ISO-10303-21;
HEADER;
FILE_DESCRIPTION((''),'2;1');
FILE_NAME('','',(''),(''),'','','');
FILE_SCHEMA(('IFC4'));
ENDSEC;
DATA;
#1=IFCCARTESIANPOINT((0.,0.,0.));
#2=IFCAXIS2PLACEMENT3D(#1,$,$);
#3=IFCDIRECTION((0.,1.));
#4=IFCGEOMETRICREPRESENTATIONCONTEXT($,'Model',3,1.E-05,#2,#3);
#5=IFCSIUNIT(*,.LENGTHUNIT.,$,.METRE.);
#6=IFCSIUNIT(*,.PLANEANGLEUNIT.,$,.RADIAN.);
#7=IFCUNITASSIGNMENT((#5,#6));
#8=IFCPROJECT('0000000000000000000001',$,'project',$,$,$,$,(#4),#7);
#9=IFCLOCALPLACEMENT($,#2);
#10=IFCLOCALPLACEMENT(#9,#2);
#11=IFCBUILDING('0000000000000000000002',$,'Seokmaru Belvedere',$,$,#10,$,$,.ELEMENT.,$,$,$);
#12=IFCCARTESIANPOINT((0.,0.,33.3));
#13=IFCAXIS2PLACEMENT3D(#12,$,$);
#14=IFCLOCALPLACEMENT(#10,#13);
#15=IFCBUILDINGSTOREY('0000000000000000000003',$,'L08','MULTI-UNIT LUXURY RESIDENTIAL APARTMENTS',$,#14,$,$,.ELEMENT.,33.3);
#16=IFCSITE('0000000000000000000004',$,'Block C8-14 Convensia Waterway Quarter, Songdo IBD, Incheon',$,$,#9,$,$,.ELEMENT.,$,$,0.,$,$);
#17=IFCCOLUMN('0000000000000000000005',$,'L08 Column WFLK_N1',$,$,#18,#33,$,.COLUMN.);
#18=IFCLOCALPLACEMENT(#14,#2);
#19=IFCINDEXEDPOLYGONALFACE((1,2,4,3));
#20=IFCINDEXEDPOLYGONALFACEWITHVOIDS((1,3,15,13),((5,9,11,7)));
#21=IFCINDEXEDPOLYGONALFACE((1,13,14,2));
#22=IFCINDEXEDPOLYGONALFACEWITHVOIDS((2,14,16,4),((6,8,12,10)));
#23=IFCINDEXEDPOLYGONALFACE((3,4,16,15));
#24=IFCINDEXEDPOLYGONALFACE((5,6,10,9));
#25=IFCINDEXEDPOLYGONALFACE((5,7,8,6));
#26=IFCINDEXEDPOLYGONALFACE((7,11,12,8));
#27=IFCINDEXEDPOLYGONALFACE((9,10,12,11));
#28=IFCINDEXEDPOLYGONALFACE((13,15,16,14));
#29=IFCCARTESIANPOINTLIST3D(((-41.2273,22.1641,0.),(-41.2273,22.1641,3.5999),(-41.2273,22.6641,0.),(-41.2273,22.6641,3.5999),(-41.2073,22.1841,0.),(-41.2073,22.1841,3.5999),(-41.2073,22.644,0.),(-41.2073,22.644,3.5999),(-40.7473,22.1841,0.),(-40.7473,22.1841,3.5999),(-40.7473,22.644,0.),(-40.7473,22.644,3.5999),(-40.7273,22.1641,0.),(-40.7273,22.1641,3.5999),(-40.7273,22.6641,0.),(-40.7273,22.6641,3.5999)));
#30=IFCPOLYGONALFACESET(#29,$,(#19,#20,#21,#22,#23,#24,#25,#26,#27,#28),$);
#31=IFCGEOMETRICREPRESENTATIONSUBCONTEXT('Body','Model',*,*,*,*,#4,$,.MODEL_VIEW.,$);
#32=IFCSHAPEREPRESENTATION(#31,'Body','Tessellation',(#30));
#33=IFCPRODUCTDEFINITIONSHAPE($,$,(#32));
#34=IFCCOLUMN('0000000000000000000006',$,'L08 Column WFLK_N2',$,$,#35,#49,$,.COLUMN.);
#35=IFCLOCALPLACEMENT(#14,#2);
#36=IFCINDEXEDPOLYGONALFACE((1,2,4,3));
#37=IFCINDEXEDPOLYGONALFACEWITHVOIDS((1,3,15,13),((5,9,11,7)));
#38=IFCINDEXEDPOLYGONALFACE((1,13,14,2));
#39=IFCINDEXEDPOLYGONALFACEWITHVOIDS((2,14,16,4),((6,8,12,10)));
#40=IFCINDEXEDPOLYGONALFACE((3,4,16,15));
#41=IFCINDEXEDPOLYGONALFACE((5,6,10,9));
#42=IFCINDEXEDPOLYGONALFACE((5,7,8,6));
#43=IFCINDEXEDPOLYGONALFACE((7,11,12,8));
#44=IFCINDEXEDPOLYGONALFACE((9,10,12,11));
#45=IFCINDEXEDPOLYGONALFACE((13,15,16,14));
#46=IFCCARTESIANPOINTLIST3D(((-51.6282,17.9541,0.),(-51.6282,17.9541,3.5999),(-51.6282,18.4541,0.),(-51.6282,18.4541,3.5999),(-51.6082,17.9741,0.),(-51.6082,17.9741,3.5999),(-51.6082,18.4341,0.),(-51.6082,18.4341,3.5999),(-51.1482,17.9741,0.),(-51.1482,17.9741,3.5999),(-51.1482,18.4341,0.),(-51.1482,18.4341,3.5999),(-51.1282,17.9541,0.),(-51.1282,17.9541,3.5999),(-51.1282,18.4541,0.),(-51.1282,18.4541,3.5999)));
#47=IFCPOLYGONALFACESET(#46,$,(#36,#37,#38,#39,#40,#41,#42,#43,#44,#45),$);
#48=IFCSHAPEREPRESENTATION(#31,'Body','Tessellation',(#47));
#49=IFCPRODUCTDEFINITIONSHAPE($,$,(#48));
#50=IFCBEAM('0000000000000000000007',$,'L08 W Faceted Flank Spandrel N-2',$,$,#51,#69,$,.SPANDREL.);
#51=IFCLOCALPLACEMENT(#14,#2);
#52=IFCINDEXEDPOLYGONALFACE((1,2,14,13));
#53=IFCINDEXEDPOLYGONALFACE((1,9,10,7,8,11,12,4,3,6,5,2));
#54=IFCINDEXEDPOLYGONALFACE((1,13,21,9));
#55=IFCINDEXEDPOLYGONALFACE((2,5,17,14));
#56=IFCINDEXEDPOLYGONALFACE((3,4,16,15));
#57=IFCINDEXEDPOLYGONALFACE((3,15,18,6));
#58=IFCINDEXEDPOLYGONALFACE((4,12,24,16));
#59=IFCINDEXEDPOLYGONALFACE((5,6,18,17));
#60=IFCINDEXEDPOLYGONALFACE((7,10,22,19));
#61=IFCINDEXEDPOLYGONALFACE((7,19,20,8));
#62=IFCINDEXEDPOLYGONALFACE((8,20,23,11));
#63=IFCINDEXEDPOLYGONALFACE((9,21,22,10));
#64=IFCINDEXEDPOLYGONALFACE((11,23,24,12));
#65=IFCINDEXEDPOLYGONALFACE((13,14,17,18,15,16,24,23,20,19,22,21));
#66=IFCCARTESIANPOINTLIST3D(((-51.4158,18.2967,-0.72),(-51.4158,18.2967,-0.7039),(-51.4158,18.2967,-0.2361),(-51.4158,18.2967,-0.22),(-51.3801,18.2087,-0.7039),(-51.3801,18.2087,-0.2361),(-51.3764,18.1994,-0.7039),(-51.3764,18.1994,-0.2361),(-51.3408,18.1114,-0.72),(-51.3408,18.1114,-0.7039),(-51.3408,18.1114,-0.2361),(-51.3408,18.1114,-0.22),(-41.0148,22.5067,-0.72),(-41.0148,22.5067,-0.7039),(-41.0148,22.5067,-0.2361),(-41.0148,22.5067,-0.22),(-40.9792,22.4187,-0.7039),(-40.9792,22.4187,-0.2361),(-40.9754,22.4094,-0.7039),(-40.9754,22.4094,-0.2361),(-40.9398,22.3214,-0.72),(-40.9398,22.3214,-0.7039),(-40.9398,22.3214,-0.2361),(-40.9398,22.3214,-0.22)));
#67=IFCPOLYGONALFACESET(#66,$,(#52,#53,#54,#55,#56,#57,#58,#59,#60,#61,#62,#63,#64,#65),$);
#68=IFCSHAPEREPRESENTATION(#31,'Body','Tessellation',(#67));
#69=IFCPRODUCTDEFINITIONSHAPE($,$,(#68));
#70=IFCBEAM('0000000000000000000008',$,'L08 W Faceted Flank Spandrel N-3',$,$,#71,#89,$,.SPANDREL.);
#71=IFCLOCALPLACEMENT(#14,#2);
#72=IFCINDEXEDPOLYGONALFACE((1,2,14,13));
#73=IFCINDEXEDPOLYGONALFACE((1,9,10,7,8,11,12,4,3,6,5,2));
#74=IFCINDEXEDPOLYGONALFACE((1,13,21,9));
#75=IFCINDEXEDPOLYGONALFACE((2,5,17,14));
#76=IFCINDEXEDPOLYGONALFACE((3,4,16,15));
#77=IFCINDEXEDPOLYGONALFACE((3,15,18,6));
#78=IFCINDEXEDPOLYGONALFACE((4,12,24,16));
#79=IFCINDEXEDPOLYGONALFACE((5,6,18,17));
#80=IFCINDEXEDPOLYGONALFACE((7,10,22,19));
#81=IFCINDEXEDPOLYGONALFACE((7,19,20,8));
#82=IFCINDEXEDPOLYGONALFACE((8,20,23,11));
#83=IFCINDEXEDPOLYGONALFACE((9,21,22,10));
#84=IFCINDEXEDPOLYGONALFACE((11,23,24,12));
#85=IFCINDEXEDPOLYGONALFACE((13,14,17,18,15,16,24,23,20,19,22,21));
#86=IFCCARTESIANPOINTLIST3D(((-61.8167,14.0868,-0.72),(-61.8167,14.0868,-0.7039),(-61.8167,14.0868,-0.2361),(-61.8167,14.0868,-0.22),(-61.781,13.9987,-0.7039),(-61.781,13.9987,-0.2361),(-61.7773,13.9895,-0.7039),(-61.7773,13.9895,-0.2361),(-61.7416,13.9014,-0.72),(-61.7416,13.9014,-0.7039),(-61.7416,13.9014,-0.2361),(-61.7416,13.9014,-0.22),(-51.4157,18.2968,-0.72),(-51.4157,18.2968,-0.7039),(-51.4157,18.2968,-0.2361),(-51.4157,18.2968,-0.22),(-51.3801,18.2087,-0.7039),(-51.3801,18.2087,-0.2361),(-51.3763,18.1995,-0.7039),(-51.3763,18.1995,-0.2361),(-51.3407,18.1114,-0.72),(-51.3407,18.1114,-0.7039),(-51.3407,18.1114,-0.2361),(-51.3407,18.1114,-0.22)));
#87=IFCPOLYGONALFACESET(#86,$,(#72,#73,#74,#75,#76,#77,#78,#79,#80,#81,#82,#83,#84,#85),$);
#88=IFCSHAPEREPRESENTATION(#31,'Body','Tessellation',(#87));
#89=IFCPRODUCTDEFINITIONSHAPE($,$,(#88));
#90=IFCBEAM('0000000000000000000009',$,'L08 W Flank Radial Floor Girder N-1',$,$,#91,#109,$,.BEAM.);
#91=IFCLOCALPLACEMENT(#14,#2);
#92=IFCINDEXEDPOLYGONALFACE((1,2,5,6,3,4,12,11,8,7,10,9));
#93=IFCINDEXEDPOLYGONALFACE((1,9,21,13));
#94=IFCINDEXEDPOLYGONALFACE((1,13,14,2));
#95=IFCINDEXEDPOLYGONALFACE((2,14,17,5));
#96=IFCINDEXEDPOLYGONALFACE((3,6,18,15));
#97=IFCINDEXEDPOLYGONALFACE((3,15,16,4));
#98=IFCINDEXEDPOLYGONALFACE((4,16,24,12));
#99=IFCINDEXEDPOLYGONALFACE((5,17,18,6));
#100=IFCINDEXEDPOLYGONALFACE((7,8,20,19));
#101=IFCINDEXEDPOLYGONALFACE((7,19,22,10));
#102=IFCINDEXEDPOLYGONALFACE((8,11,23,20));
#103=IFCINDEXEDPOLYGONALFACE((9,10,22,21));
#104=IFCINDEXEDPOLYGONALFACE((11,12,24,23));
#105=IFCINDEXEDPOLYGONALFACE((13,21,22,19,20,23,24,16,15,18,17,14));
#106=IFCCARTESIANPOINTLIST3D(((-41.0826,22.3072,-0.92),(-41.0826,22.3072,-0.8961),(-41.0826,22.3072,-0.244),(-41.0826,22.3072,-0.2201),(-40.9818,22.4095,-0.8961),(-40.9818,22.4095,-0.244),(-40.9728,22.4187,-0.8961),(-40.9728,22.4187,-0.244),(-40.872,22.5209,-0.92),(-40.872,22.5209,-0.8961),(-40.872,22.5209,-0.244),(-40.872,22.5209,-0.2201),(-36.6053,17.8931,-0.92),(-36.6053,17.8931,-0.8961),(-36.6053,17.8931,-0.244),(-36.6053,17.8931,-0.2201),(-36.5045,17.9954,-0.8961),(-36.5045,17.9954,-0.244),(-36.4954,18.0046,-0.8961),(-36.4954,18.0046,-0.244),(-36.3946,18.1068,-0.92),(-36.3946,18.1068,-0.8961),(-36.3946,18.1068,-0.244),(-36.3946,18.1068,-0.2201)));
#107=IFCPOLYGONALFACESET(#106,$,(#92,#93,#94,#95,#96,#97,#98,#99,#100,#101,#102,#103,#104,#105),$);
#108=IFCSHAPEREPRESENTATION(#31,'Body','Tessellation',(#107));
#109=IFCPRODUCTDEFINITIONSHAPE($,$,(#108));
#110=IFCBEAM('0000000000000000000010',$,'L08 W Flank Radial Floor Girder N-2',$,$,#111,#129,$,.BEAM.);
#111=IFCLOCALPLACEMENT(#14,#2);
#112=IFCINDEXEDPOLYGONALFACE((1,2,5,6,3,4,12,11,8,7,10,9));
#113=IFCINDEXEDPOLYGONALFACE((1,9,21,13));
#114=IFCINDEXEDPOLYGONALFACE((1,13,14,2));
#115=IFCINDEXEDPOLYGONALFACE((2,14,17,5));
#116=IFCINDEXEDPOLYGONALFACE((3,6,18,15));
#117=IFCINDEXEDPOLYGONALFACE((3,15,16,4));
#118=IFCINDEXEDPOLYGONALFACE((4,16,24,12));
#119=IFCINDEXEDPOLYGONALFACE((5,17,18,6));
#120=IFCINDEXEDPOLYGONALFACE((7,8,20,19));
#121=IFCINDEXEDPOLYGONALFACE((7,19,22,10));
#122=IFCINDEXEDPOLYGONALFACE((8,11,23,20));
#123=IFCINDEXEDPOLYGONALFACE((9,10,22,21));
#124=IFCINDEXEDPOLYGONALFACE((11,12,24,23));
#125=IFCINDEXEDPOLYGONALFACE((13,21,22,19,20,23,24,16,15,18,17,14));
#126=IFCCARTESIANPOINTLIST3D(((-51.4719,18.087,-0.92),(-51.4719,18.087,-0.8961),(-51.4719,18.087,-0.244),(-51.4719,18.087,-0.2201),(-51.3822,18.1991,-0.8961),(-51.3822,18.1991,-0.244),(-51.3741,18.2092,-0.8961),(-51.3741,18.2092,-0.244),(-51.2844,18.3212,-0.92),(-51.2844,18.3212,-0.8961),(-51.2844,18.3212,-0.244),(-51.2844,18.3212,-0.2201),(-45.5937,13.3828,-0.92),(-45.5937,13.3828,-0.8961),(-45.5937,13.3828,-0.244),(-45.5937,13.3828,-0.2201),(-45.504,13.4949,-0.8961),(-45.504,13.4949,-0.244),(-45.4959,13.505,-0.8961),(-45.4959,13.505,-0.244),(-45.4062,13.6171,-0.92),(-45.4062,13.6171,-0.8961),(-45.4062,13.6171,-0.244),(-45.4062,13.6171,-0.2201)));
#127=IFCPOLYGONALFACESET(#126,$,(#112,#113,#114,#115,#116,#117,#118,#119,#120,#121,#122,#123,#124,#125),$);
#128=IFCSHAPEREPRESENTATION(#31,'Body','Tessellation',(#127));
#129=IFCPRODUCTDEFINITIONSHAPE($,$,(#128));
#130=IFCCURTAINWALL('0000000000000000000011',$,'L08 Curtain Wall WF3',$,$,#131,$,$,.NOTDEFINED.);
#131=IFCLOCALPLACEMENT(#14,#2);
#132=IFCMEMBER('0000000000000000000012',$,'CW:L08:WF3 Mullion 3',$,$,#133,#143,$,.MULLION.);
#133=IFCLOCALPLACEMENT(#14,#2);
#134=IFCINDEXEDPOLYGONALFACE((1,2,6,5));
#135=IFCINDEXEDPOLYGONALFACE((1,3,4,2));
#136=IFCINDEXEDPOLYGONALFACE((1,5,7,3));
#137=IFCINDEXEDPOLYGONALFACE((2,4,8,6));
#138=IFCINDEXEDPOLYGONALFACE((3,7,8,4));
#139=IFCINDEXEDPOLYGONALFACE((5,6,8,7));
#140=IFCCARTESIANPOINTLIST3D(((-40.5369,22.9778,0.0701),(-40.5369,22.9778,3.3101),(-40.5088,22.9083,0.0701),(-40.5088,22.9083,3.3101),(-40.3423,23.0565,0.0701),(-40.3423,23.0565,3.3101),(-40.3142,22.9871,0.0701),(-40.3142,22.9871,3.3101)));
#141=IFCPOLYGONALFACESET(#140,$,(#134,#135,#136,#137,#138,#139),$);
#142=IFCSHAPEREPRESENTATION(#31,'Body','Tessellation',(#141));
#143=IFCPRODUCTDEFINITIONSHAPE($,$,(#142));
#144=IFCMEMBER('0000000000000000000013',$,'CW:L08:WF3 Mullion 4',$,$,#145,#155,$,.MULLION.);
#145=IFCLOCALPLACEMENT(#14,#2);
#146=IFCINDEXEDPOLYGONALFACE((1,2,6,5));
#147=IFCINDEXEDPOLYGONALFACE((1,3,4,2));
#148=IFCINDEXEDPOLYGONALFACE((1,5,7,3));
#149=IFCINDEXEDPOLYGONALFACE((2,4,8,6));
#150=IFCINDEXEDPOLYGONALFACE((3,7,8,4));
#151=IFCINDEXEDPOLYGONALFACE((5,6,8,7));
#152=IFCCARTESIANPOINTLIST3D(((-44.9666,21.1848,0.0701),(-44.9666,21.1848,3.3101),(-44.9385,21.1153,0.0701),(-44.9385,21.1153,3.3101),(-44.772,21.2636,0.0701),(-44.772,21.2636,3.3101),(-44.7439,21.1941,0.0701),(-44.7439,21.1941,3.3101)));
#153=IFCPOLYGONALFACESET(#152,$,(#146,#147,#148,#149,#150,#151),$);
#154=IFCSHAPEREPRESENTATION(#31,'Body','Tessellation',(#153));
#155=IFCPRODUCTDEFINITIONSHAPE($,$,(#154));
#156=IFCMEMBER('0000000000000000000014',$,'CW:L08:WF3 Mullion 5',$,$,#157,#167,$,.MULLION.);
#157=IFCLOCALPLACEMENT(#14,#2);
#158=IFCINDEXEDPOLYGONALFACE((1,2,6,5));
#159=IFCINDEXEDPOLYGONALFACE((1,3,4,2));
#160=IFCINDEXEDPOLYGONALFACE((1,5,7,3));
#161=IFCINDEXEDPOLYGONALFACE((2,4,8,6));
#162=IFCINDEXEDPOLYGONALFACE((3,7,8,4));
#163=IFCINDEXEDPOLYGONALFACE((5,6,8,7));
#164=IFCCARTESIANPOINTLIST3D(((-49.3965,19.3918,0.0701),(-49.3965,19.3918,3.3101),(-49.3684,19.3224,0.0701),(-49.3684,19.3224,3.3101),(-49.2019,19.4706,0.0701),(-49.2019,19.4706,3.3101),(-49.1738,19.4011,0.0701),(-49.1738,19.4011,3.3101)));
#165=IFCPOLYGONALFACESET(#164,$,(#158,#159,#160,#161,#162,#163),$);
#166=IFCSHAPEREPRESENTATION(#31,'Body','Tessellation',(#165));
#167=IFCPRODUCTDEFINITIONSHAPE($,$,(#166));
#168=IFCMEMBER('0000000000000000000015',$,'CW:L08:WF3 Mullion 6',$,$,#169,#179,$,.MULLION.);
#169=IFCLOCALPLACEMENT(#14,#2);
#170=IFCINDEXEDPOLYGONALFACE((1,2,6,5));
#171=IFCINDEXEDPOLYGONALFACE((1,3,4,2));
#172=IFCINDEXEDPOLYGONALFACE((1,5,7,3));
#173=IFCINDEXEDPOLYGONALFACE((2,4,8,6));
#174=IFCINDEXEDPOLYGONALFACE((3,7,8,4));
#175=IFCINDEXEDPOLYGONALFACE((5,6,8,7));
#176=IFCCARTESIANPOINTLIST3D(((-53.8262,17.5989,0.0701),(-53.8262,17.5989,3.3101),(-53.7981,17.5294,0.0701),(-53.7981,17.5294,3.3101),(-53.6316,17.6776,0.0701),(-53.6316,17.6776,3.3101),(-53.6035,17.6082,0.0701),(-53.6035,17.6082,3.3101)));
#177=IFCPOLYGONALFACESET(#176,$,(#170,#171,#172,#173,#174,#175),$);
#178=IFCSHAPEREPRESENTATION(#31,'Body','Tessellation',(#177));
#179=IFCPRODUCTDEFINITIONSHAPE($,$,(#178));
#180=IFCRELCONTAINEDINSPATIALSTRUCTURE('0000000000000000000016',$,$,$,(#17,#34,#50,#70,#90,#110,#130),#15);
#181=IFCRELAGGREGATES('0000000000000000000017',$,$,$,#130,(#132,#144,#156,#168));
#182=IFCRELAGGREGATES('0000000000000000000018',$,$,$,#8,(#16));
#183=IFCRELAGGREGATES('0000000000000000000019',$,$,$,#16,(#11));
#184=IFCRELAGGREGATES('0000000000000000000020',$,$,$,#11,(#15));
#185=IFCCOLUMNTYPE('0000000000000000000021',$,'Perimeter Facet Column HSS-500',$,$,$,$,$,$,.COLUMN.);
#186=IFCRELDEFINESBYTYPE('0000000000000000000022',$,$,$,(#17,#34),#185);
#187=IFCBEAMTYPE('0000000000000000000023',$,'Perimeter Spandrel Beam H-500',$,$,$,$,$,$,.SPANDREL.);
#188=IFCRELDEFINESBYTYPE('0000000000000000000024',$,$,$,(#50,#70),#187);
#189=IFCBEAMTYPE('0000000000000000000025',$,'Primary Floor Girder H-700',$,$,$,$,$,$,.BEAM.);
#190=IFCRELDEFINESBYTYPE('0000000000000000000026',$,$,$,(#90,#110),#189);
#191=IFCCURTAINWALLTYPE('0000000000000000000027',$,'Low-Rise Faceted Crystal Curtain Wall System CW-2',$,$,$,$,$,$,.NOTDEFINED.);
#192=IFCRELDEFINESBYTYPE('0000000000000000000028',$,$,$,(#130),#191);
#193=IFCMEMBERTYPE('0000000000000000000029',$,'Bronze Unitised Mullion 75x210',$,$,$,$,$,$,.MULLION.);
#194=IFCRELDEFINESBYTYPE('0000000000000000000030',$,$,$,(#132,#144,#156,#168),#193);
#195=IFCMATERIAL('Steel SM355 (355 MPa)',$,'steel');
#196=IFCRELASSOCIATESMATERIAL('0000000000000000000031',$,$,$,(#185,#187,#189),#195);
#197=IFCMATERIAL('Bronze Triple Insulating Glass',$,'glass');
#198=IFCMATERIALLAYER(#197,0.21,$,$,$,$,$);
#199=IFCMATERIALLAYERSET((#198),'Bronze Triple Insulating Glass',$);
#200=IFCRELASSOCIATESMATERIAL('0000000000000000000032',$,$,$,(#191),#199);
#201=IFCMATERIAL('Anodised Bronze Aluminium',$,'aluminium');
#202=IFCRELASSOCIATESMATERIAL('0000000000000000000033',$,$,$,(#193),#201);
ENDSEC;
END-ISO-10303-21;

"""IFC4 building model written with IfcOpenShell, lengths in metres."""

from ifc_helpers import new_model, si_unit, direction, frame, origin, origin_2d, place, context, subcontext, project, spatial, rectangle, hollow_rectangle, i_section, extrude, source, transform, mapped, material, layer, layer_set, material_profile, profile_set, type_object, type_shapes, element, aggregate, save


model = new_model("IFC4")

# Units and contexts
model_context = context("Model", 3, precision=1e-05, world=origin(), true_north=direction((0.0, 1.0)))
body_context = subcontext(model_context, "Body", "Model", "MODEL_VIEW")
ifc_project = project(units=[si_unit("LENGTHUNIT", "METRE"), si_unit("PLANEANGLEUNIT", "RADIAN")], contexts=[model_context])

# Site, building, storey
site_placement = place(None, origin())
site = spatial("IfcSite", under=ifc_project, at=site_placement, Name="Block C8-14 Convensia Waterway Quarter, Songdo IBD, Incheon", CompositionType="ELEMENT", RefElevation=0.0)
building_placement = place(site_placement, origin())
building = spatial("IfcBuilding", under=site, at=building_placement, Name="Seokmaru Belvedere", CompositionType="ELEMENT")
storey_placement = place(building_placement, frame((0.0, 0.0, 33.3)))
storey = spatial("IfcBuildingStorey", under=building, at=storey_placement, Name="L08", Description="MULTI-UNIT LUXURY RESIDENTIAL APARTMENTS", CompositionType="ELEMENT", Elevation=33.3)

# Columns
ifc_material_1 = material(Name="Steel SM355 (355 MPa)", Category="steel")
ifc_material_profile_1 = material_profile(ifc_material_1, hollow_rectangle(XDim=0.5, YDim=0.5, WallThickness=0.02, at=origin_2d()), Name="HSS-500x500x20")
ifc_profile_set_1 = profile_set([ifc_material_profile_1], Name="Steel SM355 (355 MPa)")
column_type = type_object("IfcColumnType", Name="Perimeter Facet Column HSS-500", PredefinedType="COLUMN", material=ifc_profile_set_1)
shared_shape_1 = source(origin(), body_context, "Body", "SweptSolid", [
    extrude(hollow_rectangle(XDim=0.5, YDim=0.5, WallThickness=0.02, at=origin_2d()), origin(), (0.0, 0.0, 1.0), 3.5999),
])
type_shapes(column_type, [shared_shape_1])
for number, where, z_axis, x_axis, name in (
    (1, (-40.9773, 22.4141, 0.0), (0.0, 0.0, 1.0), (1.0, 0.0, 0.0), "L08 Column WFLK_N1"),
    (2, (-51.3782, 18.2041, 0.0), (0.0, 0.0, 1.0), (1.0, 0.0, 0.0), "L08 Column WFLK_N2"),
):
    element("IfcColumn", number, at=place(storey_placement, frame(where, z_axis=z_axis, x_axis=x_axis)), inside=storey, type_object=column_type, Name=name, PredefinedType="COLUMN", context=body_context, shape_type="MappedRepresentation", body=[
        mapped(shared_shape_1, transform((0.0, 0.0, 0.0), scale=1.0)),
    ])

# Beams
ifc_material_profile_2 = material_profile(ifc_material_1, i_section(OverallWidth=0.2, OverallDepth=0.5, WebThickness=0.01, FlangeThickness=0.0161, at=origin_2d()), Name="H-500x200x10x16")
ifc_profile_set_2 = profile_set([ifc_material_profile_2], Name="Steel SM355 (355 MPa)")
beam_type_1 = type_object("IfcBeamType", Name="Perimeter Spandrel Beam H-500", PredefinedType="SPANDREL", material=ifc_profile_set_2)
shared_shape_2 = source(origin(), body_context, "Body", "SweptSolid", [
    extrude(i_section(OverallWidth=0.2, OverallDepth=0.5, WebThickness=0.01, FlangeThickness=0.0161, at=origin_2d()), origin(), (0.0, 0.0, 1.0), 11.2207),
])
type_shapes(beam_type_1, [shared_shape_2])
for number, where, z_axis, x_axis, name in (
    (3, (-40.9773, 22.4141, -0.47), (-0.926944, -0.375199, 0.0), (0.375199, -0.926944, 0.0), "L08 W Faceted Flank Spandrel N-2"),
    (4, (-51.3782, 18.2041, -0.47), (-0.926944, -0.375199, 0.0), (0.375199, -0.926944, 0.0), "L08 W Faceted Flank Spandrel N-3"),
):
    element("IfcBeam", number, at=place(storey_placement, frame(where, z_axis=z_axis, x_axis=x_axis)), inside=storey, type_object=beam_type_1, Name=name, PredefinedType="SPANDREL", context=body_context, shape_type="MappedRepresentation", body=[
        mapped(shared_shape_2, transform((0.0, 0.0, 0.0), scale=1.0)),
    ])
ifc_material_profile_3 = material_profile(ifc_material_1, i_section(OverallWidth=0.3, OverallDepth=0.7, WebThickness=0.0129, FlangeThickness=0.0239, at=origin_2d()), Name="H-700x300x13x24")
ifc_profile_set_3 = profile_set([ifc_material_profile_3], Name="Steel SM355 (355 MPa)")
beam_type_2 = type_object("IfcBeamType", Name="Primary Floor Girder H-700", PredefinedType="BEAM", material=ifc_profile_set_3)
shared_shape_3 = source(origin(), body_context, "Body", "SweptSolid", [
    extrude(i_section(OverallWidth=0.3, OverallDepth=0.7, WebThickness=0.0129, FlangeThickness=0.0239, at=origin_2d()), origin(), (0.0, 0.0, 1.0), 6.2874),
])
beam_1_placement = place(storey_placement, frame((-40.9773, 22.4141, -0.5701), z_axis=(0.712117, -0.70206, 0.0), x_axis=(0.70206, 0.712117, 0.0)))
element("IfcBeam", 5, at=beam_1_placement, inside=storey, type_object=beam_type_2, Name="L08 W Flank Radial Floor Girder N-1", PredefinedType="BEAM", context=body_context, shape_type="MappedRepresentation", body=[
    mapped(shared_shape_3, transform((0.0, 0.0, 0.0), scale=1.0)),
])
shared_shape_4 = source(origin(), body_context, "Body", "SweptSolid", [
    extrude(i_section(OverallWidth=0.3, OverallDepth=0.7, WebThickness=0.0129, FlangeThickness=0.0239, at=origin_2d()), origin(), (0.0, 0.0, 1.0), 7.5288),
])
type_shapes(beam_type_2, [shared_shape_3, shared_shape_4])
beam_2_placement = place(storey_placement, frame((-51.3782, 18.2041, -0.5701), z_axis=(0.780768, -0.624822, 0.0), x_axis=(0.624822, 0.780768, 0.0)))
element("IfcBeam", 6, at=beam_2_placement, inside=storey, type_object=beam_type_2, Name="L08 W Flank Radial Floor Girder N-2", PredefinedType="BEAM", context=body_context, shape_type="MappedRepresentation", body=[
    mapped(shared_shape_4, transform((0.0, 0.0, 0.0), scale=1.0)),
])

# Curtain wall, members
ifc_material_2 = material(Name="Bronze Triple Insulating Glass", Category="glass")
ifc_layer_1 = layer(ifc_material_2, 0.21)
ifc_layer_set_1 = layer_set([ifc_layer_1], Name="Bronze Triple Insulating Glass")
curtain_wall_type = type_object("IfcCurtainWallType", Name="Low-Rise Faceted Crystal Curtain Wall System CW-2", PredefinedType="NOTDEFINED", material=ifc_layer_set_1)
curtain_wall_placement = place(storey_placement, origin())
curtain_wall = element("IfcCurtainWall", 7, at=curtain_wall_placement, inside=storey, type_object=curtain_wall_type, Name="L08 Curtain Wall WF3", PredefinedType="NOTDEFINED")
ifc_material_3 = material(Name="Anodised Bronze Aluminium", Category="aluminium")
ifc_material_profile_4 = material_profile(ifc_material_3, rectangle(XDim=0.075, YDim=0.21, at=origin_2d()), Name="CW-M-75x210")
ifc_profile_set_4 = profile_set([ifc_material_profile_4], Name="Anodised Bronze Aluminium")
member_type = type_object("IfcMemberType", Name="Bronze Unitised Mullion 75x210", PredefinedType="MULLION", material=ifc_profile_set_4)
shared_shape_5 = source(origin(), body_context, "Body", "SweptSolid", [
    extrude(rectangle(XDim=0.075, YDim=0.21, at=origin_2d()), origin(), (0.0, 0.0, 1.0), 3.24),
])
type_shapes(member_type, [shared_shape_5])
member_1_placement = place(storey_placement, frame((-40.4255, 22.9824, 0.0701), z_axis=(0.0, 0.0, 1.0), x_axis=(0.375192, -0.926947, 0.0)))
member_1 = element("IfcMember", 8, at=member_1_placement, type_object=member_type, Name="CW:L08:WF3 Mullion 3", PredefinedType="MULLION", context=body_context, shape_type="MappedRepresentation", body=[
    mapped(shared_shape_5, transform((0.0, 0.0, 0.0), scale=1.0)),
])
member_2_placement = place(storey_placement, frame((-44.8552, 21.1895, 0.0701), z_axis=(0.0, 0.0, 1.0), x_axis=(0.375192, -0.926947, 0.0)))
member_2 = element("IfcMember", 9, at=member_2_placement, type_object=member_type, Name="CW:L08:WF3 Mullion 4", PredefinedType="MULLION", context=body_context, shape_type="MappedRepresentation", body=[
    mapped(shared_shape_5, transform((0.0, 0.0, 0.0), scale=1.0)),
])
member_3_placement = place(storey_placement, frame((-49.2852, 19.3965, 0.0701), z_axis=(0.0, 0.0, 1.0), x_axis=(0.375192, -0.926947, 0.0)))
member_3 = element("IfcMember", 10, at=member_3_placement, type_object=member_type, Name="CW:L08:WF3 Mullion 5", PredefinedType="MULLION", context=body_context, shape_type="MappedRepresentation", body=[
    mapped(shared_shape_5, transform((0.0, 0.0, 0.0), scale=1.0)),
])
member_4_placement = place(storey_placement, frame((-53.7148, 17.6035, 0.0701), z_axis=(0.0, 0.0, 1.0), x_axis=(0.375192, -0.926947, 0.0)))
member_4 = element("IfcMember", 11, at=member_4_placement, type_object=member_type, Name="CW:L08:WF3 Mullion 6", PredefinedType="MULLION", context=body_context, shape_type="MappedRepresentation", body=[
    mapped(shared_shape_5, transform((0.0, 0.0, 0.0), scale=1.0)),
])
aggregate(curtain_wall, [member_1, member_2, member_3, member_4])

save(model, "model.ifc")
